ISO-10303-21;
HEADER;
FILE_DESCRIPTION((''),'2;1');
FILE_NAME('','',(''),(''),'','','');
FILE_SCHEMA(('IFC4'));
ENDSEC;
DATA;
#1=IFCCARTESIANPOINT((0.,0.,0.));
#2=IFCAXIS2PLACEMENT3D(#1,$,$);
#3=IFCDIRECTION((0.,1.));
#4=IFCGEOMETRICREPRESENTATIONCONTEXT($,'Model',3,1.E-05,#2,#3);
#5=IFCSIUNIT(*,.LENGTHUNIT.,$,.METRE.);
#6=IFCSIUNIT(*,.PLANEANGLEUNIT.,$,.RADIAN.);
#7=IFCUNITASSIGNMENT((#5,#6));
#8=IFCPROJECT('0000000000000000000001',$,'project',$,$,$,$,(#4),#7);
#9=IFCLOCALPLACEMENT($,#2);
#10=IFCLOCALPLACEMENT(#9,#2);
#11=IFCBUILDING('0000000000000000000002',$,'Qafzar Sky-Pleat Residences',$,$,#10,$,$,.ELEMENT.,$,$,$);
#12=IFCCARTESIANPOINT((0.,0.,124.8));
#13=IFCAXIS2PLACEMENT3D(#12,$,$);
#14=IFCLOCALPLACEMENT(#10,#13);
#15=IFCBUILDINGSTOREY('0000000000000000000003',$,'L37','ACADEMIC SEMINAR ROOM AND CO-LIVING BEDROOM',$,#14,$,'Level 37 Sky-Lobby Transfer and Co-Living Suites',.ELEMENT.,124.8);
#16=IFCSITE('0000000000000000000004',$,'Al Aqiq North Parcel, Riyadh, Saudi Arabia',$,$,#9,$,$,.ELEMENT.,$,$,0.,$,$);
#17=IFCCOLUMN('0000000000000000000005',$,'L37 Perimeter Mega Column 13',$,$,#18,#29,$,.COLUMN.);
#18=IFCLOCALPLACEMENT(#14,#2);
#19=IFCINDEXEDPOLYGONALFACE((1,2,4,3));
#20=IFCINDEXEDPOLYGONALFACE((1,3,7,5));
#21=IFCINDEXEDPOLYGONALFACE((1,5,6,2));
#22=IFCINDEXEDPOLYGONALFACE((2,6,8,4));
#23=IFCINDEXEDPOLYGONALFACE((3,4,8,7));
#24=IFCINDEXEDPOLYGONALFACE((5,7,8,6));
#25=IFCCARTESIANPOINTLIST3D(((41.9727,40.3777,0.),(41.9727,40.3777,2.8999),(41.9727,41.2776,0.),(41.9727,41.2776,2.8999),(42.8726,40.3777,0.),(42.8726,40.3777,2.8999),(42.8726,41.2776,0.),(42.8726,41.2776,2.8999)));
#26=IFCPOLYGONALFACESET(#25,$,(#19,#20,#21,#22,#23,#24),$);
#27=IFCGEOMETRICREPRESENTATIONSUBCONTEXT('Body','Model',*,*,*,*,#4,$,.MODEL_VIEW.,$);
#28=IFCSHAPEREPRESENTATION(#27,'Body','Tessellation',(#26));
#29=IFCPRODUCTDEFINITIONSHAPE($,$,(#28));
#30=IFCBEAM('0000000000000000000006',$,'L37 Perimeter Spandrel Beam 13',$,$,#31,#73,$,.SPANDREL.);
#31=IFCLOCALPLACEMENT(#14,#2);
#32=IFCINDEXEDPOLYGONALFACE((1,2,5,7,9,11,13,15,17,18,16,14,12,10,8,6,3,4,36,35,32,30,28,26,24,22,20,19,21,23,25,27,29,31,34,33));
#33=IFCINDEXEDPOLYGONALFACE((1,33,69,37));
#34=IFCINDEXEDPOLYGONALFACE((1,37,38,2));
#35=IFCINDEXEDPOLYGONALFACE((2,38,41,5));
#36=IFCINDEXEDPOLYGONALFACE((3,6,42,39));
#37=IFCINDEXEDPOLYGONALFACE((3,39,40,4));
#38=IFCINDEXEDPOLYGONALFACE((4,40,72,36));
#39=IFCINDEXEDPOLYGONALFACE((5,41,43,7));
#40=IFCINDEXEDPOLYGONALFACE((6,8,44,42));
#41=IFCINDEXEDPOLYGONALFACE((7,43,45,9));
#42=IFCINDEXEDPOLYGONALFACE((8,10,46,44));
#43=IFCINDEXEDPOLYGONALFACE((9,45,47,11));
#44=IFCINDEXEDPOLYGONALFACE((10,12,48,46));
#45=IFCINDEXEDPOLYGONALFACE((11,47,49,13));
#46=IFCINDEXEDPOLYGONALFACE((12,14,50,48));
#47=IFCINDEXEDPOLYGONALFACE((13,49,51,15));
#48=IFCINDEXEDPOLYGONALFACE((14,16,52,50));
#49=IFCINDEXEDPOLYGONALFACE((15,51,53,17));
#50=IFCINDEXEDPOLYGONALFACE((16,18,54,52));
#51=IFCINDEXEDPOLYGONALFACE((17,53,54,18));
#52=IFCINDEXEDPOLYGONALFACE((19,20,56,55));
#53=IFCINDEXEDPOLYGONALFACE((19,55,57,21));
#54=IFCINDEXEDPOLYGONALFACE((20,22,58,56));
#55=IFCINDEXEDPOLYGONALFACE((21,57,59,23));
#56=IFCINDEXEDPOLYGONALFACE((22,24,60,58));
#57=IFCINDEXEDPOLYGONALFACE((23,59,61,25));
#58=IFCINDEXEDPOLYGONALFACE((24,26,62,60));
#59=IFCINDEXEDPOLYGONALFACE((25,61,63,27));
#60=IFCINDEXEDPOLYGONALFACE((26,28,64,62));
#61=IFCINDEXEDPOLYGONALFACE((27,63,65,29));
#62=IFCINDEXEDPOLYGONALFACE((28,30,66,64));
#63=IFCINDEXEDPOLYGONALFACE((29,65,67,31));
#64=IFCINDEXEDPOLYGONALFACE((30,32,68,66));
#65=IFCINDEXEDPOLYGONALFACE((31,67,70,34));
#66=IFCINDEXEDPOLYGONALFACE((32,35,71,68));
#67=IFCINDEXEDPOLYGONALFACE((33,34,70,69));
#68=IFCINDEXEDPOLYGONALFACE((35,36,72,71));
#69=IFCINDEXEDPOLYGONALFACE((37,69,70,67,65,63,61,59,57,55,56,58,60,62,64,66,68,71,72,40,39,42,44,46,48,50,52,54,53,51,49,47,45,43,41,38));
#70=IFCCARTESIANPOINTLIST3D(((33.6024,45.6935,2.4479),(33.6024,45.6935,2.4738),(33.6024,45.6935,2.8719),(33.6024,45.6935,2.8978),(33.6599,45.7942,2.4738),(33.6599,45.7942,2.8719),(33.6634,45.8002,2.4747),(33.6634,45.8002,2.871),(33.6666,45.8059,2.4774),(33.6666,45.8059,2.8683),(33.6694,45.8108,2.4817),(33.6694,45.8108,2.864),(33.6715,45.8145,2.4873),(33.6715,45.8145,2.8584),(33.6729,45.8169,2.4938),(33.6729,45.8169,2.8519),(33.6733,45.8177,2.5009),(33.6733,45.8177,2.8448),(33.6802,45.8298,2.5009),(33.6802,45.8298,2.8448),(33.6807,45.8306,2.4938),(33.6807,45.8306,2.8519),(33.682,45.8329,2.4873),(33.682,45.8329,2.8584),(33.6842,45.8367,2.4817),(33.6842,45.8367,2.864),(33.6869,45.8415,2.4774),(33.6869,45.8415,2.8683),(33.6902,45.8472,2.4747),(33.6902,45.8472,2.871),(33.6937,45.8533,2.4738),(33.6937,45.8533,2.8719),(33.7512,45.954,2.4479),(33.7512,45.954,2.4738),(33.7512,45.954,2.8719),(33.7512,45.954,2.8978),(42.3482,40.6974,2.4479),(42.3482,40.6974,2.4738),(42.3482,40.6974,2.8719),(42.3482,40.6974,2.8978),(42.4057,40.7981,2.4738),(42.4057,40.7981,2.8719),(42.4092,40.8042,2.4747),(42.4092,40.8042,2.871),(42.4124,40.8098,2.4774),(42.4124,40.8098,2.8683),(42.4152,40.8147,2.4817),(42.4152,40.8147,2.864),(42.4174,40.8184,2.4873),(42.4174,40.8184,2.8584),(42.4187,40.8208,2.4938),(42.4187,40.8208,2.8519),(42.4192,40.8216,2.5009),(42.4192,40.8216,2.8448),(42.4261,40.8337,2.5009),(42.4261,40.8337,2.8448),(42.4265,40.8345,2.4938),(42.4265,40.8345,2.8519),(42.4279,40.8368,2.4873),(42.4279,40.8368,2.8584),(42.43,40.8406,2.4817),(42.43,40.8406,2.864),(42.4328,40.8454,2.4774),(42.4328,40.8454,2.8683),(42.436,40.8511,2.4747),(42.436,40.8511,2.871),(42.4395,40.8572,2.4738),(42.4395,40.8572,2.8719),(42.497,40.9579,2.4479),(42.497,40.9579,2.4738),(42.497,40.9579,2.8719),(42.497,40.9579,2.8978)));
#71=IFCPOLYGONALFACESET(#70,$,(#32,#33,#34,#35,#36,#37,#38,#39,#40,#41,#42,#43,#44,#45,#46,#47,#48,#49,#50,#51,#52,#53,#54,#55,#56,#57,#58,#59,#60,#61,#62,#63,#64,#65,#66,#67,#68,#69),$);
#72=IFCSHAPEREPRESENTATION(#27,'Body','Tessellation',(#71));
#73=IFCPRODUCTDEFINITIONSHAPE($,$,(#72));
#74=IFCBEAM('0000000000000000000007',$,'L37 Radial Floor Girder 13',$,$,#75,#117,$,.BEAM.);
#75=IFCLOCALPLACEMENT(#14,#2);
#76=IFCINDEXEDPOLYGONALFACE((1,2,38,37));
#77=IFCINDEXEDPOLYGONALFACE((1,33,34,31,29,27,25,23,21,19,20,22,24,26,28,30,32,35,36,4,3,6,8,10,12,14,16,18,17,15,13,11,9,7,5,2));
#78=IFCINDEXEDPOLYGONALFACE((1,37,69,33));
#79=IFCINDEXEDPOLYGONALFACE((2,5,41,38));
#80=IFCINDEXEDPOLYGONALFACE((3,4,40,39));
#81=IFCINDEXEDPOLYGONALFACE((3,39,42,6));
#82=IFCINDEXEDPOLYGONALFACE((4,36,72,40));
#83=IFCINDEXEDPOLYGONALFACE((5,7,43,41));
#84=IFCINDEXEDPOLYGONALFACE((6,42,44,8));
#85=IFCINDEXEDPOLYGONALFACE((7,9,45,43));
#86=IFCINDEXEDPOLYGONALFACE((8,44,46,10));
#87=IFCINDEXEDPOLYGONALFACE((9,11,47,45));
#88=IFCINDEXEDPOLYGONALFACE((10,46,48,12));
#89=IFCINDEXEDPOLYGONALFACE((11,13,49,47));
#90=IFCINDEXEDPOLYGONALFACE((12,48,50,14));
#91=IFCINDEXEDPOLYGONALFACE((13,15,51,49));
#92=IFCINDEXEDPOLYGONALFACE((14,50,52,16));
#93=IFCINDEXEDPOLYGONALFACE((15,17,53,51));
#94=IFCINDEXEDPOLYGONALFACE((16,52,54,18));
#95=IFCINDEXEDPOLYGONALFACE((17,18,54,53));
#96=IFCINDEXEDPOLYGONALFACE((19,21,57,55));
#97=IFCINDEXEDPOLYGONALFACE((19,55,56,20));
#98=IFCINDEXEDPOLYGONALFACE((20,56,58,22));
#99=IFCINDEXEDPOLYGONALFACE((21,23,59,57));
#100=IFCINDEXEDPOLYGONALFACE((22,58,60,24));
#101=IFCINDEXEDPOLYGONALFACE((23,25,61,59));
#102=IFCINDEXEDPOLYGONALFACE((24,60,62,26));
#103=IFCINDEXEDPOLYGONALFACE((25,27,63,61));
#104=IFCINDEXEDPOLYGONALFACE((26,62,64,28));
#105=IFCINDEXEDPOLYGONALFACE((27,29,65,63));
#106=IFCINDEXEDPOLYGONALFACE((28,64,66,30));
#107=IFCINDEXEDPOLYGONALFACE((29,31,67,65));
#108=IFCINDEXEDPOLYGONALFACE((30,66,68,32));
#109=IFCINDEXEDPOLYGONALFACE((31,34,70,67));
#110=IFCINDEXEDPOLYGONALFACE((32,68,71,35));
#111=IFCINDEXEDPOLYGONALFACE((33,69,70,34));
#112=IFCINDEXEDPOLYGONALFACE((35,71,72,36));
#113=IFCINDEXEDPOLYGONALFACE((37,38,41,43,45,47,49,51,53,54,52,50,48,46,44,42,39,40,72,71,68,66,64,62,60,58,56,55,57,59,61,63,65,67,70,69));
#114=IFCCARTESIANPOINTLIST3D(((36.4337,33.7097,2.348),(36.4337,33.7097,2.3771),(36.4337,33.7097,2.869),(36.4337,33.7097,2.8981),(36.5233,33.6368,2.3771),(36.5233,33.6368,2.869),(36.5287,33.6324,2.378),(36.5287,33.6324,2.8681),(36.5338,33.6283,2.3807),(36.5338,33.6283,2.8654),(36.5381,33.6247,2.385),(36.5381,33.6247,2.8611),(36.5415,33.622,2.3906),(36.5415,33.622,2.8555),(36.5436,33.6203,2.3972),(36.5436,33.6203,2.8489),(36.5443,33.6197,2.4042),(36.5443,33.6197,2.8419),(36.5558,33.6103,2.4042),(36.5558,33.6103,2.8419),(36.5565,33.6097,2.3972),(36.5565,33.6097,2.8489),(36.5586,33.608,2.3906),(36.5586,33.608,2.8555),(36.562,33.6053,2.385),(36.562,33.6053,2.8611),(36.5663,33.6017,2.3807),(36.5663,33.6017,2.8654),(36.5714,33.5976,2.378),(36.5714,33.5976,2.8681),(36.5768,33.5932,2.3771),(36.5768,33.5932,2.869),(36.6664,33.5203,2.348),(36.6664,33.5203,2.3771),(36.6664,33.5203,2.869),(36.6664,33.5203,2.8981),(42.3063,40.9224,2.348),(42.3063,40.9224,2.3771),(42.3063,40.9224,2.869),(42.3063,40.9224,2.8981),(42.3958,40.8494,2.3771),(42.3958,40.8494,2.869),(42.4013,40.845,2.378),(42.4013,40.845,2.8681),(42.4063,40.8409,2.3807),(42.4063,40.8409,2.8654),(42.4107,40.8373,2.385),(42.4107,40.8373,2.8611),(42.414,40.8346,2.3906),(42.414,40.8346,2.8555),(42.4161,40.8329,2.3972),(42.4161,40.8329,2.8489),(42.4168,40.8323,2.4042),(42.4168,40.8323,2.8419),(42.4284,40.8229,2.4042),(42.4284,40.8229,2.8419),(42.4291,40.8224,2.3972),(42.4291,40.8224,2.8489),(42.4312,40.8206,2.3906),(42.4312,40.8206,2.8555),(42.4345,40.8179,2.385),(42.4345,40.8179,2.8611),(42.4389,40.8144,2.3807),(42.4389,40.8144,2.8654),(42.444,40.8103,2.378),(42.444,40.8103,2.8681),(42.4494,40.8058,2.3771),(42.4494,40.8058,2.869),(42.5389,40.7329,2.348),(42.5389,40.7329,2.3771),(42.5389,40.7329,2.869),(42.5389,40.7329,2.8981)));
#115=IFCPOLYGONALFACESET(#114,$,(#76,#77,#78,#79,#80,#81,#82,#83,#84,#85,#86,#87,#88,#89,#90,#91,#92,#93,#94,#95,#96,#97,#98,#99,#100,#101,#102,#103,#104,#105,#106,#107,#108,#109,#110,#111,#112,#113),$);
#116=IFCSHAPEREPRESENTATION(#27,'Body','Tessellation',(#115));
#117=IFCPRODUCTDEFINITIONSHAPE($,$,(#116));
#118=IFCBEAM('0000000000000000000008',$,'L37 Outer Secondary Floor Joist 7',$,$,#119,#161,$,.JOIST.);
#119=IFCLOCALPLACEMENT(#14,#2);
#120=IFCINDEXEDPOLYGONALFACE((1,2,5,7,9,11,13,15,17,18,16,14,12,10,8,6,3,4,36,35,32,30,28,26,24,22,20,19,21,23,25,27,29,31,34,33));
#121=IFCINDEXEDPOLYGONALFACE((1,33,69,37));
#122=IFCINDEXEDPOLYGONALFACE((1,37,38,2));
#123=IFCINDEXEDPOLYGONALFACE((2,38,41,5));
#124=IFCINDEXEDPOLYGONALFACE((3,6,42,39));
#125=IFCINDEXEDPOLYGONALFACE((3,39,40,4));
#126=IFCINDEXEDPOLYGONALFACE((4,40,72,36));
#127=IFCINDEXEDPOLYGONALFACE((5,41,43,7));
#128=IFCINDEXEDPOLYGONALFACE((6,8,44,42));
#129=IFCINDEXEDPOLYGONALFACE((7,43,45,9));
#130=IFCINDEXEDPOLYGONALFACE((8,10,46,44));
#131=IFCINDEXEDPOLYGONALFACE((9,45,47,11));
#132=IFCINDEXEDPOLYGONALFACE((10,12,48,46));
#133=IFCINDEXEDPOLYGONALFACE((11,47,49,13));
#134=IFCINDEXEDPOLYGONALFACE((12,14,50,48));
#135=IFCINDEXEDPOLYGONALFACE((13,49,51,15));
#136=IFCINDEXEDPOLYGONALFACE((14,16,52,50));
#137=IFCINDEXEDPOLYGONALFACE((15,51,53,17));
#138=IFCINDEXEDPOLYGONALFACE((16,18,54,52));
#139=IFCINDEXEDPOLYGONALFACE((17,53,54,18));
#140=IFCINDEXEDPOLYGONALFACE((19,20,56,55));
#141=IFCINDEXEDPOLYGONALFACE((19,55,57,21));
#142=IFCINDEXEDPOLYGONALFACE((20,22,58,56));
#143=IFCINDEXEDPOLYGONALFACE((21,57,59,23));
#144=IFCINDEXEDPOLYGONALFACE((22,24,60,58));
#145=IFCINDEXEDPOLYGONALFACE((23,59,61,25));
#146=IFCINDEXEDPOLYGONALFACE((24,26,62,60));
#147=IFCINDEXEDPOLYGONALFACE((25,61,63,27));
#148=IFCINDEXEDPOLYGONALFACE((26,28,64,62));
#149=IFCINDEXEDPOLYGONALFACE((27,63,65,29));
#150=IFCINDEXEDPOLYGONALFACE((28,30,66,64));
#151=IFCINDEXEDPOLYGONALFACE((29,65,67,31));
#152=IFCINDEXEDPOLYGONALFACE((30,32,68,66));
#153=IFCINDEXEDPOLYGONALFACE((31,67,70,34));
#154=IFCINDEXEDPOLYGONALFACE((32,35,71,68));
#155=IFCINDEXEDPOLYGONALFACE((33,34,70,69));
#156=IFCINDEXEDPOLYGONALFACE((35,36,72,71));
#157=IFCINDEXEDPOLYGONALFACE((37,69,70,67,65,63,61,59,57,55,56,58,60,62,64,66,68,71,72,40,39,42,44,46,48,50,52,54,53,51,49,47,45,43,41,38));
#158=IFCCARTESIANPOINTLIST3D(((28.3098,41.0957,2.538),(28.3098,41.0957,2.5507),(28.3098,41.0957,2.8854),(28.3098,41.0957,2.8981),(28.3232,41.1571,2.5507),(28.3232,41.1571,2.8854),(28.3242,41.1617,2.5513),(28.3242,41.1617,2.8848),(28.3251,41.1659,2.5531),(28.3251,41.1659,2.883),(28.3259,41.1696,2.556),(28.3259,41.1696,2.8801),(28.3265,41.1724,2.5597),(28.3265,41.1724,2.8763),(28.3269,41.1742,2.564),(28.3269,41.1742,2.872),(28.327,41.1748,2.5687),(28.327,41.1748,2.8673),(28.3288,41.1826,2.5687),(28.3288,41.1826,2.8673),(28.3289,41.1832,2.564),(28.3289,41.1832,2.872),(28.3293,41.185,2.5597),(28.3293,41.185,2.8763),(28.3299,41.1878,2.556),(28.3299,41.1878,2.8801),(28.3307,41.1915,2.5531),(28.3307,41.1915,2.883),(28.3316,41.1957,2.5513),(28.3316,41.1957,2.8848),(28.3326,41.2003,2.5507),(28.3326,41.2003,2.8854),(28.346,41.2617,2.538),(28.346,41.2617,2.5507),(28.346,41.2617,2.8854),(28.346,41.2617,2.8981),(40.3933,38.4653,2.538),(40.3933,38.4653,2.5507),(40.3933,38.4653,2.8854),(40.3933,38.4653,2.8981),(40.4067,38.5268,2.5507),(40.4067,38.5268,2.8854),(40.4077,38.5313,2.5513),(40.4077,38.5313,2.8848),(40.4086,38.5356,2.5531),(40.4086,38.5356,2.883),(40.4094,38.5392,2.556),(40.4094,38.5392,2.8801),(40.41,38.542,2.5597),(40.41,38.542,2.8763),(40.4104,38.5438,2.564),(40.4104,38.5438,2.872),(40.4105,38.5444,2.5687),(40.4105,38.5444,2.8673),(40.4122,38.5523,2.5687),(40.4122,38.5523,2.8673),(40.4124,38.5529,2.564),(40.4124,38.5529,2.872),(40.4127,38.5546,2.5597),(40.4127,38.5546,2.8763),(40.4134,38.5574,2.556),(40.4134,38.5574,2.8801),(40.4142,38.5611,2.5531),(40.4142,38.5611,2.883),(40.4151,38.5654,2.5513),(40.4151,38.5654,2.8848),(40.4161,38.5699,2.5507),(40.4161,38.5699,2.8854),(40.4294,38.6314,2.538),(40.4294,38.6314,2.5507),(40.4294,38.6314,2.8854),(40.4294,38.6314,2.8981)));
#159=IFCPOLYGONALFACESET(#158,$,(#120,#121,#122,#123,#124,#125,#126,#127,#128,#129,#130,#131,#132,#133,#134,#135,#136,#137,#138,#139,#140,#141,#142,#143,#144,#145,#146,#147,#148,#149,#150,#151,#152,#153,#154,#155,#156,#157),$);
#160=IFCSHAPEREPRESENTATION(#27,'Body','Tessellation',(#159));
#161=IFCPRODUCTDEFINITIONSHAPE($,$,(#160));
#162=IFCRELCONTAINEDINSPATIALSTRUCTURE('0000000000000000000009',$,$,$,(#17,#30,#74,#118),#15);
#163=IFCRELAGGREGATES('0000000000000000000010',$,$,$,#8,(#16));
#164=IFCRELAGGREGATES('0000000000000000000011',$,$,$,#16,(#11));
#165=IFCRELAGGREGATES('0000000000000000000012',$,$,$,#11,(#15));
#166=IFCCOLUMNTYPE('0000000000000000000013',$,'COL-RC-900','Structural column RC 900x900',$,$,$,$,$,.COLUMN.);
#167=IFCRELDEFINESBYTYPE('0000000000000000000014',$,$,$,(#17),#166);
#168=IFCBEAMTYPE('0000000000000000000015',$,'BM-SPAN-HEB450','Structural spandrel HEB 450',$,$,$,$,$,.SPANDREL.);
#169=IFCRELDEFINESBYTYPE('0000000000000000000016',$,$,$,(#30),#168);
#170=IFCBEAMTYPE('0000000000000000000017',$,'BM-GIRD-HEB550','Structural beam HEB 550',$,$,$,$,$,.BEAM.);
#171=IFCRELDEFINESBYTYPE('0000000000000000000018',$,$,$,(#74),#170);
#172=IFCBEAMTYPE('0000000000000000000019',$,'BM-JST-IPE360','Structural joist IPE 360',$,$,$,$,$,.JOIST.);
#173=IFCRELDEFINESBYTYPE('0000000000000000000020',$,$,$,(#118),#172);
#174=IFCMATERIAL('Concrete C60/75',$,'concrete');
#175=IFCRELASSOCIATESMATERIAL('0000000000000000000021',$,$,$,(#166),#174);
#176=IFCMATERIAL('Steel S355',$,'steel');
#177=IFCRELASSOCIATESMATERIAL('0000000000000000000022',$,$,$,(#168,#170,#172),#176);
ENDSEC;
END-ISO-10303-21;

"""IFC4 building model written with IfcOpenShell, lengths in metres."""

from ifc_helpers import new_model, si_unit, direction, frame, origin, origin_2d, place, context, subcontext, project, spatial, rectangle, i_section, extrude, source, transform, mapped, material, material_profile, profile_set, type_object, element, save


model = new_model("IFC4")

# Units and contexts
model_context = context("Model", 3, precision=1e-05, world=origin(), true_north=direction((0.0, 1.0)))
body_context = subcontext(model_context, "Body", "Model", "MODEL_VIEW")
ifc_project = project(units=[si_unit("LENGTHUNIT", "METRE"), si_unit("PLANEANGLEUNIT", "RADIAN")], contexts=[model_context])

# Site, building, storey
site_placement = place(None, origin())
site = spatial("IfcSite", under=ifc_project, at=site_placement, Name="Al Aqiq North Parcel, Riyadh, Saudi Arabia", CompositionType="ELEMENT", RefElevation=0.0)
building_placement = place(site_placement, origin())
building = spatial("IfcBuilding", under=site, at=building_placement, Name="Qafzar Sky-Pleat Residences", CompositionType="ELEMENT")
storey_placement = place(building_placement, frame((0.0, 0.0, 124.8)))
storey = spatial("IfcBuildingStorey", under=building, at=storey_placement, Name="L37", Description="ACADEMIC SEMINAR ROOM AND CO-LIVING BEDROOM", LongName="Level 37 Sky-Lobby Transfer and Co-Living Suites", CompositionType="ELEMENT", Elevation=124.8)

# Column
ifc_material_1 = material(Name="Concrete C60/75", Category="concrete")
ifc_material_profile_1 = material_profile(ifc_material_1, rectangle(XDim=0.8999, YDim=0.8999, at=origin_2d()), Name="RC 900x900")
ifc_profile_set_1 = profile_set([ifc_material_profile_1], Name="Concrete C60/75")
column_type = type_object("IfcColumnType", Name="COL-RC-900", Description="Structural column RC 900x900", PredefinedType="COLUMN", material=ifc_profile_set_1)
shared_shape_1 = source(origin(), body_context, "Body", "SweptSolid", [
    extrude(rectangle(XDim=0.8999, YDim=0.8999, at=origin_2d()), origin(), (0.0, 0.0, 1.0), 2.8999),
])
column_placement = place(storey_placement, frame((42.4226, 40.8276, 0.0), z_axis=(0.0, 0.0, 1.0), x_axis=(1.0, 0.0, 0.0)))
element("IfcColumn", 1, at=column_placement, inside=storey, type_object=column_type, Name="L37 Perimeter Mega Column 13", PredefinedType="COLUMN", context=body_context, shape_type="MappedRepresentation", body=[
    mapped(shared_shape_1, transform((0.0, 0.0, 0.0), x_axis=(1.0, 0.0, 0.0), y_axis=(0.0, 1.0, 0.0), z_axis=(0.0, 0.0, 1.0), scale=1.0)),
])

# Beams
ifc_material_2 = material(Name="Steel S355", Category="steel")
ifc_material_profile_2 = material_profile(ifc_material_2, i_section(OverallWidth=0.3, OverallDepth=0.45, WebThickness=0.0139, FlangeThickness=0.0259, FilletRadius=0.0271, at=origin_2d()), Name="HEB 450")
ifc_profile_set_2 = profile_set([ifc_material_profile_2], Name="Steel S355")
beam_type_1 = type_object("IfcBeamType", Name="BM-SPAN-HEB450", Description="Structural spandrel HEB 450", PredefinedType="SPANDREL", material=ifc_profile_set_2)
shared_shape_2 = source(origin(), body_context, "Body", "SweptSolid", [
    extrude(i_section(OverallWidth=0.3, OverallDepth=0.45, WebThickness=0.0139, FlangeThickness=0.0259, FilletRadius=0.0271, at=origin_2d()), origin(), (0.0, 0.0, 1.0), 10.0723),
])
beam_1_placement = place(storey_placement, frame((42.4226, 40.8276, 2.6729), z_axis=(-0.868309, 0.496024, 0.0), x_axis=(-0.496024, -0.868309, 0.0)))
element("IfcBeam", 2, at=beam_1_placement, inside=storey, type_object=beam_type_1, Name="L37 Perimeter Spandrel Beam 13", PredefinedType="SPANDREL", context=body_context, shape_type="MappedRepresentation", body=[
    mapped(shared_shape_2, transform((0.0, 0.0, 0.0), x_axis=(1.0, 0.0, 0.0), y_axis=(0.0, 1.0, 0.0), z_axis=(0.0, 0.0, 1.0), scale=1.0)),
])
ifc_material_profile_3 = material_profile(ifc_material_2, i_section(OverallWidth=0.3, OverallDepth=0.55, WebThickness=0.0149, FlangeThickness=0.0291, FilletRadius=0.0271, at=origin_2d()), Name="HEB 550")
ifc_profile_set_3 = profile_set([ifc_material_profile_3], Name="Steel S355")
beam_type_2 = type_object("IfcBeamType", Name="BM-GIRD-HEB550", Description="Structural beam HEB 550", PredefinedType="BEAM", material=ifc_profile_set_3)
shared_shape_3 = source(origin(), body_context, "Body", "SweptSolid", [
    extrude(i_section(OverallWidth=0.3, OverallDepth=0.55, WebThickness=0.0149, FlangeThickness=0.0291, FilletRadius=0.0271, at=origin_2d()), origin(), (0.0, 0.0, 1.0), 9.301),
])
beam_2_placement = place(storey_placement, frame((42.4226, 40.8276, 2.623), z_axis=(-0.631388, -0.775467, 0.0), x_axis=(0.775467, -0.631388, 0.0)))
element("IfcBeam", 3, at=beam_2_placement, inside=storey, type_object=beam_type_2, Name="L37 Radial Floor Girder 13", PredefinedType="BEAM", context=body_context, shape_type="MappedRepresentation", body=[
    mapped(shared_shape_3, transform((0.0, 0.0, 0.0), x_axis=(1.0, 0.0, 0.0), y_axis=(0.0, 1.0, 0.0), z_axis=(0.0, 0.0, 1.0), scale=1.0)),
])
ifc_material_profile_4 = material_profile(ifc_material_2, i_section(OverallWidth=0.1699, OverallDepth=0.3601, WebThickness=0.0081, FlangeThickness=0.0127, FilletRadius=0.0181, at=origin_2d()), Name="IPE 360")
ifc_profile_set_4 = profile_set([ifc_material_profile_4], Name="Steel S355")
beam_type_3 = type_object("IfcBeamType", Name="BM-JST-IPE360", Description="Structural joist IPE 360", PredefinedType="JOIST", material=ifc_profile_set_4)
shared_shape_4 = source(origin(), body_context, "Body", "SweptSolid", [
    extrude(i_section(OverallWidth=0.1699, OverallDepth=0.3601, WebThickness=0.0081, FlangeThickness=0.0127, FilletRadius=0.0181, at=origin_2d()), origin(), (0.0, 0.0, 1.0), 12.3665),
])
beam_3_placement = place(storey_placement, frame((40.4114, 38.5483, 2.718), z_axis=(-0.977117, 0.212702, 0.0), x_axis=(-0.212702, -0.977117, 0.0)))
element("IfcBeam", 4, at=beam_3_placement, inside=storey, type_object=beam_type_3, Name="L37 Outer Secondary Floor Joist 7", PredefinedType="JOIST", context=body_context, shape_type="MappedRepresentation", body=[
    mapped(shared_shape_4, transform((0.0, 0.0, 0.0), x_axis=(1.0, 0.0, 0.0), y_axis=(0.0, 1.0, 0.0), z_axis=(0.0, 0.0, 1.0), scale=1.0)),
])

save(model, "model.ifc")
